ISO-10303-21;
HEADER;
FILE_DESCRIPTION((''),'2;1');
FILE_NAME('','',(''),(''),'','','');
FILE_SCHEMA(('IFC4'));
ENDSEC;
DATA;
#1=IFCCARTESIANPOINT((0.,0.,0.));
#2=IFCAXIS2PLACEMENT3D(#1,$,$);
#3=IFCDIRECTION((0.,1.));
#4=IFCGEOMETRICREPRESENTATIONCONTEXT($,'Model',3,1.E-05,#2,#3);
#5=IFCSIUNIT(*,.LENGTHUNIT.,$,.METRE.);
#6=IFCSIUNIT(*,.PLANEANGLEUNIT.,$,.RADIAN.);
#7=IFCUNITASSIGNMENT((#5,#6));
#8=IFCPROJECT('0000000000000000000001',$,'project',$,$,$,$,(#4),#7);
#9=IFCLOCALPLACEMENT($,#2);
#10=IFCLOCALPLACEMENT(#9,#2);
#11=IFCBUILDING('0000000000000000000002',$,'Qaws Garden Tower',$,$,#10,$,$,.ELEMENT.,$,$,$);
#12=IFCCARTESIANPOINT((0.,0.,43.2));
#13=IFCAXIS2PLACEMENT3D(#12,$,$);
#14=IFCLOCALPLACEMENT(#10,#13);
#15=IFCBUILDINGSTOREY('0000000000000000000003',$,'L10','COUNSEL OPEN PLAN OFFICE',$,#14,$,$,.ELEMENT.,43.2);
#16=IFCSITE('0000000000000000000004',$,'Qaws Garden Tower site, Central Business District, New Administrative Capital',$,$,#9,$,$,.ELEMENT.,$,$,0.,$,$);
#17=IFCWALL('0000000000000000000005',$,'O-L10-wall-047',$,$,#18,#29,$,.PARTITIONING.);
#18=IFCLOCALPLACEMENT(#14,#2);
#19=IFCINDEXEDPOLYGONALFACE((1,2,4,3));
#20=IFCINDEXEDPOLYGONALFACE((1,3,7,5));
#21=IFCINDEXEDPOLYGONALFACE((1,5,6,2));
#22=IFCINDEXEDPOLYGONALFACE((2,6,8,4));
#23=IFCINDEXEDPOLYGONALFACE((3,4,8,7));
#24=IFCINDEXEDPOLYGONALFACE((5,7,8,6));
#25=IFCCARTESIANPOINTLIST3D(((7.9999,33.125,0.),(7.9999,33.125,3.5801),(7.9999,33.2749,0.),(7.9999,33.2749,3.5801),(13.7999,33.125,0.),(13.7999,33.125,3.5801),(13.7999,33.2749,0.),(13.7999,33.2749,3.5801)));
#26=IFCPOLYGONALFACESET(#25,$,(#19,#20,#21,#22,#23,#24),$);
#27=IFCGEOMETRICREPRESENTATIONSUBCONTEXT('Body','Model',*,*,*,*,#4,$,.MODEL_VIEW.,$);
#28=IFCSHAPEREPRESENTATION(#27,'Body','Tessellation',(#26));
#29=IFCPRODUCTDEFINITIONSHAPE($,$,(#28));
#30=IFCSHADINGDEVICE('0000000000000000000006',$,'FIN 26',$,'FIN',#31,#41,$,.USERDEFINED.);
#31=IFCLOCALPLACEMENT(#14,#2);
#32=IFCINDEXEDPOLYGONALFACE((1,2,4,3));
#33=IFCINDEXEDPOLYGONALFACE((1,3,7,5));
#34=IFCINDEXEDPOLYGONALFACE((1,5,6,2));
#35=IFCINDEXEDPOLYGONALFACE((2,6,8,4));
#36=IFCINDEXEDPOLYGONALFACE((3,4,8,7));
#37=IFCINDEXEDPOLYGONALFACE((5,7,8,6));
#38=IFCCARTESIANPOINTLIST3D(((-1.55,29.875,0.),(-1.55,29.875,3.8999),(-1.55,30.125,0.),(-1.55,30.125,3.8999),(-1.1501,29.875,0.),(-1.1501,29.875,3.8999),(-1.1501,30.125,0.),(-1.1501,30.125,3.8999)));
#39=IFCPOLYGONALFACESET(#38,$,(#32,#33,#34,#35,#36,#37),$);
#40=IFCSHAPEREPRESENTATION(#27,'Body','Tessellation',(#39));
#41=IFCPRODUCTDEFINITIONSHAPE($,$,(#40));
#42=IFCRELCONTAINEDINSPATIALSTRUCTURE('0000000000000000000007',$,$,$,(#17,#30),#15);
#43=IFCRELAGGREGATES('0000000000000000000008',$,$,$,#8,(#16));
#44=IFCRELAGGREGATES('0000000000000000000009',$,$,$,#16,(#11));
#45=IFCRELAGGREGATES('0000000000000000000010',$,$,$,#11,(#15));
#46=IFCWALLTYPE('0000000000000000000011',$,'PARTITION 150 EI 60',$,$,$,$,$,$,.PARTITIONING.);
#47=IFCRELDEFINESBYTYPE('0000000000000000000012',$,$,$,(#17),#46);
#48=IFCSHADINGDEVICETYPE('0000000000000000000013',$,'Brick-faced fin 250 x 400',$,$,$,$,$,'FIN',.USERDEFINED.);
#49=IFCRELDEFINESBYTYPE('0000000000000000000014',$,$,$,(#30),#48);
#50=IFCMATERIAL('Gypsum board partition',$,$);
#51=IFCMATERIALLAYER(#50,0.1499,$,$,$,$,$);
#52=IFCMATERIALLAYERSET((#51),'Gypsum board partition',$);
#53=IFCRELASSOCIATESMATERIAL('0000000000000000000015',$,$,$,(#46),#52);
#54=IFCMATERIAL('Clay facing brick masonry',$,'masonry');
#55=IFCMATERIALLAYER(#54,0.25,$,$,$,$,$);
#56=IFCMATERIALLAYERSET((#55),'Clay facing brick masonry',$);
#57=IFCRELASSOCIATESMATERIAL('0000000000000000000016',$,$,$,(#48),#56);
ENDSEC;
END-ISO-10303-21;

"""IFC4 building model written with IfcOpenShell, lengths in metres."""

from ifc_helpers import new_model, si_unit, direction, frame, frame_2d, origin, origin_2d, place, context, subcontext, project, spatial, rectangle, extrude, material, layer, layer_set, type_object, element, save


model = new_model("IFC4")

# Units and contexts
model_context = context("Model", 3, precision=1e-05, world=origin(), true_north=direction((0.0, 1.0)))
body_context = subcontext(model_context, "Body", "Model", "MODEL_VIEW")
ifc_project = project(units=[si_unit("LENGTHUNIT", "METRE"), si_unit("PLANEANGLEUNIT", "RADIAN")], contexts=[model_context])

# Site, building, storey
site_placement = place(None, origin())
site = spatial("IfcSite", under=ifc_project, at=site_placement, Name="Qaws Garden Tower site, Central Business District, New Administrative Capital", CompositionType="ELEMENT", RefElevation=0.0)
building_placement = place(site_placement, origin())
building = spatial("IfcBuilding", under=site, at=building_placement, Name="Qaws Garden Tower", CompositionType="ELEMENT")
storey_placement = place(building_placement, frame((0.0, 0.0, 43.2)))
storey = spatial("IfcBuildingStorey", under=building, at=storey_placement, Name="L10", Description="COUNSEL OPEN PLAN OFFICE", CompositionType="ELEMENT", Elevation=43.2)

# Shared definitions
ifc_material_1 = material(Name="Gypsum board partition")
ifc_layer_1 = layer(ifc_material_1, 0.1499)
ifc_layer_set_1 = layer_set([ifc_layer_1], Name="Gypsum board partition")
wall_type_1 = type_object("IfcWallType", Name="PARTITION 150 EI 60", PredefinedType="PARTITIONING", material=ifc_layer_set_1)

# Wall
wall_1_placement = place(storey_placement, frame((8.0, 33.2, 0.0), z_axis=(0.0, 0.0, 1.0), x_axis=(1.0, 0.0, 0.0)))
element("IfcWall", 1, at=wall_1_placement, inside=storey, type_object=wall_type_1, Name="O-L10-wall-047", PredefinedType="PARTITIONING", context=body_context, shape_type="SweptSolid", body=[
    extrude(rectangle(XDim=5.8, YDim=0.1499, at=frame_2d((2.8999, 0.0))), origin(), (0.0, 0.0, 1.0), 3.5801),
])

# Shading device
ifc_material_2 = material(Name="Clay facing brick masonry", Category="masonry")
ifc_layer_2 = layer(ifc_material_2, 0.25)
ifc_layer_set_2 = layer_set([ifc_layer_2], Name="Clay facing brick masonry")
shading_device_type = type_object("IfcShadingDeviceType", Name="Brick-faced fin 250 x 400", ElementType="FIN", PredefinedType="USERDEFINED", material=ifc_layer_set_2)
shading_device_placement = place(storey_placement, frame((-1.3501, 30.0, 0.0), z_axis=(0.0, 0.0, 1.0), x_axis=(0.0, -1.0, 0.0)))
element("IfcShadingDevice", 2, at=shading_device_placement, inside=storey, type_object=shading_device_type, Name="FIN 26", ObjectType="FIN", PredefinedType="USERDEFINED", context=body_context, shape_type="SweptSolid", body=[
    extrude(rectangle(XDim=0.25, YDim=0.3999, at=origin_2d()), origin(), (0.0, 0.0, 1.0), 3.8999),
])

save(model, "model.ifc")
